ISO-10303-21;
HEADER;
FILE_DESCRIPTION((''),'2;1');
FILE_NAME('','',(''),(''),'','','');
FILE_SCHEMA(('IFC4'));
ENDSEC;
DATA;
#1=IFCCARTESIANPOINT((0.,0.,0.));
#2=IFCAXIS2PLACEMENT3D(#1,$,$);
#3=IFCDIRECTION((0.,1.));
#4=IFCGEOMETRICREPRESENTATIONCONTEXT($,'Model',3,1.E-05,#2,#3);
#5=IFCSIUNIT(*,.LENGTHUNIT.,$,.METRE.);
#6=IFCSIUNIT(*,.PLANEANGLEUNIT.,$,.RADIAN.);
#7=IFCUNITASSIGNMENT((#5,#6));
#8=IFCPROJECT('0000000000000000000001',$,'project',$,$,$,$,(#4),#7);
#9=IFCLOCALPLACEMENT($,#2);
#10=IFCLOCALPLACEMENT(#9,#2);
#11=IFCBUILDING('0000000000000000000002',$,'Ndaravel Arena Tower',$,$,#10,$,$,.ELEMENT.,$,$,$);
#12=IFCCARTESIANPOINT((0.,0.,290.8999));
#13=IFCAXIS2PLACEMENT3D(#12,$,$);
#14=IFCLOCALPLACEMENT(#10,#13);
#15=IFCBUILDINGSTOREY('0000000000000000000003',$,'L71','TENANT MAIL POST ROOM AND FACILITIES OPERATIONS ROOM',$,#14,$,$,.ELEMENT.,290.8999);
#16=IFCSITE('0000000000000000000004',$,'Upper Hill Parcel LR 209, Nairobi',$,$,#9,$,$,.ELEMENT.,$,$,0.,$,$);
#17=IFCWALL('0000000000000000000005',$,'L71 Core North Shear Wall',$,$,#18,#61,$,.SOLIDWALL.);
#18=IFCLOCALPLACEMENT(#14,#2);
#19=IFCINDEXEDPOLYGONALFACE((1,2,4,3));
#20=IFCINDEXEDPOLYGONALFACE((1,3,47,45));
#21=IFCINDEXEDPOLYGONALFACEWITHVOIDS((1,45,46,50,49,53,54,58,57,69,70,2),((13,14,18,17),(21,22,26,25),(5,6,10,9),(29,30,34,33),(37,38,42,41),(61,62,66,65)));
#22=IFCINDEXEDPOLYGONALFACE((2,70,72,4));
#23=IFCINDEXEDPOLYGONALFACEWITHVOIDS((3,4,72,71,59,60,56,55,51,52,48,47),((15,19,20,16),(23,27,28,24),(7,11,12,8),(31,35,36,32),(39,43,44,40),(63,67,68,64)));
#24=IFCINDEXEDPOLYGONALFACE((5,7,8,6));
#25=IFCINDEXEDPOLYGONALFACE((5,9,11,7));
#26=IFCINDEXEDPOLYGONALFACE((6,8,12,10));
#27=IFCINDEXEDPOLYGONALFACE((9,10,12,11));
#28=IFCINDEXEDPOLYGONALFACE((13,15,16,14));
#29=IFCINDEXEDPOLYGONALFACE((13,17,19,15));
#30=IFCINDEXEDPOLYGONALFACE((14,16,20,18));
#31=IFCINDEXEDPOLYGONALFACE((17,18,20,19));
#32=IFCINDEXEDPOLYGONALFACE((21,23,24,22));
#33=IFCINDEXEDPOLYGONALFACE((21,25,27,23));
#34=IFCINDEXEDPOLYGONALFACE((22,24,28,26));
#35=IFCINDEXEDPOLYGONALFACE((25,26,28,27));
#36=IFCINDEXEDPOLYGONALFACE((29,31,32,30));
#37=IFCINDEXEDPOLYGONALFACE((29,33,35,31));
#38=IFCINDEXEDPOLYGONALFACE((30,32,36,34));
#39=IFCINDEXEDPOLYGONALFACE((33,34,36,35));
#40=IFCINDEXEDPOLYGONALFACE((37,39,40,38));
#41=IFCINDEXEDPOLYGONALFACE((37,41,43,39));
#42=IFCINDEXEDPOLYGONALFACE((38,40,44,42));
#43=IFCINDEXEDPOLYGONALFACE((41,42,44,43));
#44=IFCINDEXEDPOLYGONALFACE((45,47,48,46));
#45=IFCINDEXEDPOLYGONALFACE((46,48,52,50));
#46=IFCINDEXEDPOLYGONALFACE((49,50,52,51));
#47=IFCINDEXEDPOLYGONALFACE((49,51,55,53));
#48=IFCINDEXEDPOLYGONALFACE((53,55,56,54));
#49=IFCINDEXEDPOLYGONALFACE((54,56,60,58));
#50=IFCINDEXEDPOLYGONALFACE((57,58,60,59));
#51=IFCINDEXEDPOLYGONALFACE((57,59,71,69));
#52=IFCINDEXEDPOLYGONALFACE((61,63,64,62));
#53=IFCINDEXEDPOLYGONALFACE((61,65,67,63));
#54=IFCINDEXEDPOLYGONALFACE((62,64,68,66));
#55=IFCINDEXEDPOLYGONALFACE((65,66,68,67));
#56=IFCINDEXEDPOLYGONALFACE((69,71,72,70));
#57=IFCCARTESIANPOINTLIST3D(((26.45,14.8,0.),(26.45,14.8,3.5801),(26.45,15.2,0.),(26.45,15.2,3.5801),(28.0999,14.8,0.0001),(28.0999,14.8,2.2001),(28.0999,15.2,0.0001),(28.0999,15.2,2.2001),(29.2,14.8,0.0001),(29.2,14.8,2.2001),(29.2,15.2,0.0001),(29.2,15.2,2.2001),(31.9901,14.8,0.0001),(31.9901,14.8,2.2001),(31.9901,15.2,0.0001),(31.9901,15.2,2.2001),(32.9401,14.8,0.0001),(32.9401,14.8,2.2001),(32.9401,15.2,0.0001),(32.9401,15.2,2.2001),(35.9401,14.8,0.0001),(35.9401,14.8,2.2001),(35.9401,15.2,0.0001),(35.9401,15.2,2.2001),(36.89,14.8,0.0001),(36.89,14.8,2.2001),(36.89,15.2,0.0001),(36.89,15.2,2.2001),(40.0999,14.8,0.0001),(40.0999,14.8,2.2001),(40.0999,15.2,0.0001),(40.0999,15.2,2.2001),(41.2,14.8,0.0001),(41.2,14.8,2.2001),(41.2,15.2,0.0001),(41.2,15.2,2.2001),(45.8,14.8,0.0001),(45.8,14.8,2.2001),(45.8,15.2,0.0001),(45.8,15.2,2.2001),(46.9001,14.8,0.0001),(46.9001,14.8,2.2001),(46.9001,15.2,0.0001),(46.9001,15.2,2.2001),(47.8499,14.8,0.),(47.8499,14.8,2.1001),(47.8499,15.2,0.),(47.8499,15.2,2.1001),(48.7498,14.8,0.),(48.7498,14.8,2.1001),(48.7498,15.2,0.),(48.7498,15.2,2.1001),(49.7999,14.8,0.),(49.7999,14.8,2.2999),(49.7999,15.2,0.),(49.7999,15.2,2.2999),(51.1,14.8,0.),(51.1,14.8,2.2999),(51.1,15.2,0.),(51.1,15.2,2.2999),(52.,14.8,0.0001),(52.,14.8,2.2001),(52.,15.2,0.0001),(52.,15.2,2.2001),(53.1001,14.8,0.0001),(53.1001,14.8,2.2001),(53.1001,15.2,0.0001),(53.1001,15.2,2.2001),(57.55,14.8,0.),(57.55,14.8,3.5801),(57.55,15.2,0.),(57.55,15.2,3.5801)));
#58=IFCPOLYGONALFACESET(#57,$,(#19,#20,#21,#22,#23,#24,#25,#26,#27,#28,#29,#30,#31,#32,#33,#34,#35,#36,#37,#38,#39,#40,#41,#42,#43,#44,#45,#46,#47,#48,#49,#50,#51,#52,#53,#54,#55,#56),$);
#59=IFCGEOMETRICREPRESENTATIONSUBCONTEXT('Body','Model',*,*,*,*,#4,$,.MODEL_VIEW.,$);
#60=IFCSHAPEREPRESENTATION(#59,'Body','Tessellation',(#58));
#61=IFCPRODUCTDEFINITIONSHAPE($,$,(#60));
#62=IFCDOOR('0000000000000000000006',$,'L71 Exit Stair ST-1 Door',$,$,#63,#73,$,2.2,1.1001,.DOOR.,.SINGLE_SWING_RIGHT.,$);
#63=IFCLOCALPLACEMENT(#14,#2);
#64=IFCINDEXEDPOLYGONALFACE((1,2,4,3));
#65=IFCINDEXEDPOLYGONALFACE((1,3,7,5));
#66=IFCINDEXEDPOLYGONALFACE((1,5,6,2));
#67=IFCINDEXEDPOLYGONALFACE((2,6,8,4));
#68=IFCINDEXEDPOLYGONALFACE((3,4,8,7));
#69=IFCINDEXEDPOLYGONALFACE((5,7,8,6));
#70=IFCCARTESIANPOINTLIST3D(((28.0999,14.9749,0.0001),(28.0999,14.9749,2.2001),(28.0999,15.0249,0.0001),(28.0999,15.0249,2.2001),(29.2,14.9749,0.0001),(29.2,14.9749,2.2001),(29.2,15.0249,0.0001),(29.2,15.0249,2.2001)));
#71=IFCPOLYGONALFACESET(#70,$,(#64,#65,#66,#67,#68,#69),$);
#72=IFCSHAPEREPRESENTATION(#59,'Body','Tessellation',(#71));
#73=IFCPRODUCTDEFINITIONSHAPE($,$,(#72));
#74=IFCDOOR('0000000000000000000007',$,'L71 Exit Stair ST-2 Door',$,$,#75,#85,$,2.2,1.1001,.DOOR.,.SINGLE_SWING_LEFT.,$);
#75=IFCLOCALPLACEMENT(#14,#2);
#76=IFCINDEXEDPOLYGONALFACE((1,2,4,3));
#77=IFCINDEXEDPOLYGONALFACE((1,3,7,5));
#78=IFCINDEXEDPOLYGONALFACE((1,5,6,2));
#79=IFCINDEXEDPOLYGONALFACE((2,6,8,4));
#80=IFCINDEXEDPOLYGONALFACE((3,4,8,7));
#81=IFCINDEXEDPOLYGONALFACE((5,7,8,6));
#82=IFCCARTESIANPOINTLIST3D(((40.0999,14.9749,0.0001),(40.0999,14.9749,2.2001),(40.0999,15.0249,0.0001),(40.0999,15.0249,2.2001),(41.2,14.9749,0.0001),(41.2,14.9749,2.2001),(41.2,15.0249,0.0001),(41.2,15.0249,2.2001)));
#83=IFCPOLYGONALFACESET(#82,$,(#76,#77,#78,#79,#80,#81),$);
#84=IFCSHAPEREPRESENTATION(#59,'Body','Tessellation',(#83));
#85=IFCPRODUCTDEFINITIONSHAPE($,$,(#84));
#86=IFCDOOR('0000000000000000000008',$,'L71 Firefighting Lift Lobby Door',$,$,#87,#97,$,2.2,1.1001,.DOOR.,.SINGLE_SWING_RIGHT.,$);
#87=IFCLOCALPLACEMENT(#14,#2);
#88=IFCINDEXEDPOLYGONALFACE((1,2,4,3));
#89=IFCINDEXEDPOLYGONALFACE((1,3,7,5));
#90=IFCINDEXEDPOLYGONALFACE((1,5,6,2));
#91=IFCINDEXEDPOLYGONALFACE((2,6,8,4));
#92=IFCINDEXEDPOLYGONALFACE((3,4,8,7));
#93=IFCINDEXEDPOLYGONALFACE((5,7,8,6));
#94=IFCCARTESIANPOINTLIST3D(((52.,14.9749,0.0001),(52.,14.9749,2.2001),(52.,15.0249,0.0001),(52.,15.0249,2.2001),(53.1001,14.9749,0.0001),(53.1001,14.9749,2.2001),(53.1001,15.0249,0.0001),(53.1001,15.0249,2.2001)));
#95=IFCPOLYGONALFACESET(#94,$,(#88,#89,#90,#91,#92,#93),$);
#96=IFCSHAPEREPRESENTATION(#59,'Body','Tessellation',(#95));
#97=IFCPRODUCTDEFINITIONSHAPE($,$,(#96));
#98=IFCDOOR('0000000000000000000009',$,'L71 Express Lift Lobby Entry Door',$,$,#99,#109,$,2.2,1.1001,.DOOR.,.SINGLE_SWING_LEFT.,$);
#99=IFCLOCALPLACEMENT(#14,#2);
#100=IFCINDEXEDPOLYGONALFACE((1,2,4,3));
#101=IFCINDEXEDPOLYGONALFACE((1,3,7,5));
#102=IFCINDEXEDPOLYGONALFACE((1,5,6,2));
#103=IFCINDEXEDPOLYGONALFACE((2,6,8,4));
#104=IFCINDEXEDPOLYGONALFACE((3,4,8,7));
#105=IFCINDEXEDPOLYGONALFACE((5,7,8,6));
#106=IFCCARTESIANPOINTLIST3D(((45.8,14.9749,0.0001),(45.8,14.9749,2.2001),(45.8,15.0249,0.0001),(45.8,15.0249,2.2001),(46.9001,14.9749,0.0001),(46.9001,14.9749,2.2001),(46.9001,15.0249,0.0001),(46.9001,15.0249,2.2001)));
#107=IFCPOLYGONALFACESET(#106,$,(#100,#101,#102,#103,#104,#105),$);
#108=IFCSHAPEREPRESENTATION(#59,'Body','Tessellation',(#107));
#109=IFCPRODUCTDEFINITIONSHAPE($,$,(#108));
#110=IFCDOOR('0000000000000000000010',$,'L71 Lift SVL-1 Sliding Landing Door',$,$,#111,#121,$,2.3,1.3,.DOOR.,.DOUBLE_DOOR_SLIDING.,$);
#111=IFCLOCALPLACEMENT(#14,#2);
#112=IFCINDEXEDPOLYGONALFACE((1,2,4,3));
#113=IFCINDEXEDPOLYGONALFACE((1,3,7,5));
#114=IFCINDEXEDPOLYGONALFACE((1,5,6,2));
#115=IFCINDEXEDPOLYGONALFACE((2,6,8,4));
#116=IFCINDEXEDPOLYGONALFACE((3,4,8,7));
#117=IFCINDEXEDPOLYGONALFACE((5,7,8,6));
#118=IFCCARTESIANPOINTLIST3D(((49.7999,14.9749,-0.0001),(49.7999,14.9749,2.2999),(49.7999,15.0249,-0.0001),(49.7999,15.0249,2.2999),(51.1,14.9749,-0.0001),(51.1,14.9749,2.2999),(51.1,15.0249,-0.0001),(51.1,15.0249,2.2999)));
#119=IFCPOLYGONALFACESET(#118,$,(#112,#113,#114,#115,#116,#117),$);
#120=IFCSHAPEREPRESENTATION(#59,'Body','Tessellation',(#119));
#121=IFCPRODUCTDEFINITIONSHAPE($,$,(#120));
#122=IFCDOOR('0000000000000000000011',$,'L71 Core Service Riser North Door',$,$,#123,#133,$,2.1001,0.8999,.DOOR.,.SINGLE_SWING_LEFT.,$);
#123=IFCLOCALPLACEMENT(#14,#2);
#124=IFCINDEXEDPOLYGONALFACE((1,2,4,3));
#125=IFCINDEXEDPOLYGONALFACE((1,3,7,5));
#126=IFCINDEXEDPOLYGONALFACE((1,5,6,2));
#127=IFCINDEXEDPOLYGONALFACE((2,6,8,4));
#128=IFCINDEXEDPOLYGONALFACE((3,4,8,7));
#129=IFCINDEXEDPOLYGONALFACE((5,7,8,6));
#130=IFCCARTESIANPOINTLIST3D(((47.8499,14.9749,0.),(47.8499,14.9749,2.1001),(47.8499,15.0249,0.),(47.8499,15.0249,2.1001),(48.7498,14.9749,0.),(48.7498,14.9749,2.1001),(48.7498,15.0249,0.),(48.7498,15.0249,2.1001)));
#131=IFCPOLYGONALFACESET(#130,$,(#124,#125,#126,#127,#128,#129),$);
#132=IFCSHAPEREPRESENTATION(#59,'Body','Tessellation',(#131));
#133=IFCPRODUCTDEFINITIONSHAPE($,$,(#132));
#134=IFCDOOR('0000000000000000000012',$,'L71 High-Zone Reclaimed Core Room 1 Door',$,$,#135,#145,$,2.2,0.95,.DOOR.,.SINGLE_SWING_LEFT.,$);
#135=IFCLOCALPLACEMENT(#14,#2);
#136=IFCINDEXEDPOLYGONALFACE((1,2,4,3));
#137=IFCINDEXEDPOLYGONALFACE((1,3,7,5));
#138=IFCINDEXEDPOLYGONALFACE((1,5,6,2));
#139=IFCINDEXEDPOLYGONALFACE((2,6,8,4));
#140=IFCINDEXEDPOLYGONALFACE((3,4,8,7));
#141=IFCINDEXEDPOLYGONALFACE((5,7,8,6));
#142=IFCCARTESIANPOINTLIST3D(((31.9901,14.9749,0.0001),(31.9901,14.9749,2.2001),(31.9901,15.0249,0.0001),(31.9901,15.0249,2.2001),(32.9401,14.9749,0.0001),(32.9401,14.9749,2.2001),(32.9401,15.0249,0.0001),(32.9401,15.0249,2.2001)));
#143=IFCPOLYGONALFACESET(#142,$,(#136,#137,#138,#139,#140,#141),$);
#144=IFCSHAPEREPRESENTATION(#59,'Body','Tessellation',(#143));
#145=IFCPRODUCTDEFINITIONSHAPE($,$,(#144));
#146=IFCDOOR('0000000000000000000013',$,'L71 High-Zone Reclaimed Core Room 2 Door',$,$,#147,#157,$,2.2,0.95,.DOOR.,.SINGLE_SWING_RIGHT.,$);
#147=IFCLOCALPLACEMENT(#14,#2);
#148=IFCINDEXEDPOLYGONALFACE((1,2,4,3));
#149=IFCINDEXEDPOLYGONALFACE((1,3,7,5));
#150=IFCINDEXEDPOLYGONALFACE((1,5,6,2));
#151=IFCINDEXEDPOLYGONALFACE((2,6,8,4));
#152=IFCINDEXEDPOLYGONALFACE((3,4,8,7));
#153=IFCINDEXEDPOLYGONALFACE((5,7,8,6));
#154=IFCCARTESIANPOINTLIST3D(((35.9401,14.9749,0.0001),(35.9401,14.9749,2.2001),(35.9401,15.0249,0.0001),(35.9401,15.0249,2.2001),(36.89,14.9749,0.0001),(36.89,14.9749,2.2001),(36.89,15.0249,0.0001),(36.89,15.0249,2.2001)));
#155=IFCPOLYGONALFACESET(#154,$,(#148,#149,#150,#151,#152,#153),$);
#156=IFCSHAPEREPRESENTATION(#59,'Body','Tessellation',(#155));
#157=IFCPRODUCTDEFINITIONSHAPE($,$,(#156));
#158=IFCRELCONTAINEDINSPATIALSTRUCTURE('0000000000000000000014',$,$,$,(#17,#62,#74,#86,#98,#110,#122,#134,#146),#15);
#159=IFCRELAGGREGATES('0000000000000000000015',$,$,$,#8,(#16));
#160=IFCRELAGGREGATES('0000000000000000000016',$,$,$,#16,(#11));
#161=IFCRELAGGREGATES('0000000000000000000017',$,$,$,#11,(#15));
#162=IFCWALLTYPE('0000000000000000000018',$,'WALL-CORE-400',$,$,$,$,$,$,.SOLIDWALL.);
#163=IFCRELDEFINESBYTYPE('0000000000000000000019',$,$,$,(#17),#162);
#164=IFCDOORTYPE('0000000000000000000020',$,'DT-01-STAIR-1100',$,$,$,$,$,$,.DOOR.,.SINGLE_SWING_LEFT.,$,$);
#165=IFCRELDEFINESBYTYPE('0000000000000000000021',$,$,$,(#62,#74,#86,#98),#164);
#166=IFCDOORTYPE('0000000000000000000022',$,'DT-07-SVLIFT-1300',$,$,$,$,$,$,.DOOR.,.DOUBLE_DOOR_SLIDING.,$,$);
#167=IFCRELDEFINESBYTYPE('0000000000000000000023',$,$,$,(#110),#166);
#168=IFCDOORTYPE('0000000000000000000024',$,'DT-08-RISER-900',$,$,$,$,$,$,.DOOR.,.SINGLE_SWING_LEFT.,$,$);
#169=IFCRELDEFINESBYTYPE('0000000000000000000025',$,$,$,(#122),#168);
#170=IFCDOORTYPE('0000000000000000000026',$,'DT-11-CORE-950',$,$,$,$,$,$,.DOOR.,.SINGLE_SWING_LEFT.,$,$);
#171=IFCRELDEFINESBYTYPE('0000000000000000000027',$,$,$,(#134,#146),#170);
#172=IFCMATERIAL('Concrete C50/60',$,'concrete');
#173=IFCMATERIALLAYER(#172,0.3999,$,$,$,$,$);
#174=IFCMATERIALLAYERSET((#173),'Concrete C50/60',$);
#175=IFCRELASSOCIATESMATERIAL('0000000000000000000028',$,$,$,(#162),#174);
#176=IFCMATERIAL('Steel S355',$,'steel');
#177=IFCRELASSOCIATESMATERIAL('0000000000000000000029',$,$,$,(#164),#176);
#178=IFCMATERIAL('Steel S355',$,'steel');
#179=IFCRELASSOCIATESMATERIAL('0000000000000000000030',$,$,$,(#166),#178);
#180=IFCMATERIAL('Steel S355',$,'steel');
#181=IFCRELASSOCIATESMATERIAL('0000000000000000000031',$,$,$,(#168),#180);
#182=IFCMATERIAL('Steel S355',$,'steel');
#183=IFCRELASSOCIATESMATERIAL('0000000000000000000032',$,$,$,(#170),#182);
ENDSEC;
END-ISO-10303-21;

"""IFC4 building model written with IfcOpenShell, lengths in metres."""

from ifc_helpers import new_model, si_unit, direction, frame, frame_2d, origin, place, context, subcontext, project, spatial, rectangle, extrude, material, layer, layer_set, type_object, element, fill, save


model = new_model("IFC4")

# Units and contexts
model_context = context("Model", 3, precision=1e-05, world=origin(), true_north=direction((0.0, 1.0)))
body_context = subcontext(model_context, "Body", "Model", "MODEL_VIEW")
ifc_project = project(units=[si_unit("LENGTHUNIT", "METRE"), si_unit("PLANEANGLEUNIT", "RADIAN")], contexts=[model_context])

# Site, building, storey
site_placement = place(None, origin())
site = spatial("IfcSite", under=ifc_project, at=site_placement, Name="Upper Hill Parcel LR 209, Nairobi", CompositionType="ELEMENT", RefElevation=0.0)
building_placement = place(site_placement, origin())
building = spatial("IfcBuilding", under=site, at=building_placement, Name="Ndaravel Arena Tower", CompositionType="ELEMENT")
storey_placement = place(building_placement, frame((0.0, 0.0, 290.8999)))
storey = spatial("IfcBuildingStorey", under=building, at=storey_placement, Name="L71", Description="TENANT MAIL POST ROOM AND FACILITIES OPERATIONS ROOM", CompositionType="ELEMENT", Elevation=290.8999)

# Wall, openings, doors
ifc_material_1 = material(Name="Concrete C50/60", Category="concrete")
ifc_layer_1 = layer(ifc_material_1, 0.3999)
ifc_layer_set_1 = layer_set([ifc_layer_1], Name="Concrete C50/60")
wall_type_1 = type_object("IfcWallType", Name="WALL-CORE-400", PredefinedType="SOLIDWALL", material=ifc_layer_set_1)
wall_1_placement = place(storey_placement, frame((26.45, 15.0, 0.0), z_axis=(0.0, 0.0, 1.0), x_axis=(1.0, 0.0, 0.0)))
wall_1 = element("IfcWall", 1, at=wall_1_placement, inside=storey, type_object=wall_type_1, Name="L71 Core North Shear Wall", PredefinedType="SOLIDWALL", context=body_context, shape_type="SweptSolid", body=[
    extrude(rectangle(XDim=31.1001, YDim=0.3999, at=frame_2d((15.55, 0.0))), origin(), (0.0, 0.0, 1.0), 3.5801),
])
opening_1_placement = place(wall_1_placement, frame((1.6499, 0.0, 0.0)))
opening_1 = element("IfcOpeningElement", 2, at=opening_1_placement, cuts=wall_1, PredefinedType="OPENING", context=body_context, shape_type="SweptSolid", body=[
    extrude(rectangle(XDim=1.1001, YDim=2.2, at=frame_2d((0.55, 1.1001))), frame((0.0, 0.2, 0.0), z_axis=(0.0, -1.0, 0.0), x_axis=(1.0, 0.0, 0.0)), (0.0, 0.0, 1.0), 0.3999),
])
opening_2_placement = place(wall_1_placement, frame((13.6499, 0.0, 0.0)))
opening_2 = element("IfcOpeningElement", 3, at=opening_2_placement, cuts=wall_1, PredefinedType="OPENING", context=body_context, shape_type="SweptSolid", body=[
    extrude(rectangle(XDim=1.1001, YDim=2.2, at=frame_2d((0.55, 1.1001))), frame((0.0, 0.2, 0.0), z_axis=(0.0, -1.0, 0.0), x_axis=(1.0, 0.0, 0.0)), (0.0, 0.0, 1.0), 0.3999),
])
opening_3_placement = place(wall_1_placement, frame((25.55, 0.0, 0.0)))
opening_3 = element("IfcOpeningElement", 4, at=opening_3_placement, cuts=wall_1, PredefinedType="OPENING", context=body_context, shape_type="SweptSolid", body=[
    extrude(rectangle(XDim=1.1001, YDim=2.2, at=frame_2d((0.55, 1.1001))), frame((0.0, 0.2, 0.0), z_axis=(0.0, -1.0, 0.0), x_axis=(1.0, 0.0, 0.0)), (0.0, 0.0, 1.0), 0.3999),
])
opening_4_placement = place(wall_1_placement, frame((19.3501, 0.0, 0.0)))
opening_4 = element("IfcOpeningElement", 5, at=opening_4_placement, cuts=wall_1, PredefinedType="OPENING", context=body_context, shape_type="SweptSolid", body=[
    extrude(rectangle(XDim=1.1001, YDim=2.2, at=frame_2d((0.55, 1.1001))), frame((0.0, 0.2, 0.0), z_axis=(0.0, -1.0, 0.0), x_axis=(1.0, 0.0, 0.0)), (0.0, 0.0, 1.0), 0.3999),
])
opening_5_placement = place(wall_1_placement, frame((21.3999, 0.0, 0.0)))
opening_5 = element("IfcOpeningElement", 6, at=opening_5_placement, cuts=wall_1, PredefinedType="OPENING", context=body_context, shape_type="SweptSolid", body=[
    extrude(rectangle(XDim=0.8999, YDim=2.1001, at=frame_2d((0.45, 1.05))), frame((0.0, 0.2, 0.0), z_axis=(0.0, -1.0, 0.0), x_axis=(1.0, 0.0, 0.0)), (0.0, 0.0, 1.0), 0.3999),
])
opening_6_placement = place(wall_1_placement, frame((5.54, 0.0, 0.0)))
opening_6 = element("IfcOpeningElement", 7, at=opening_6_placement, cuts=wall_1, PredefinedType="OPENING", context=body_context, shape_type="SweptSolid", body=[
    extrude(rectangle(XDim=0.95, YDim=2.2, at=frame_2d((0.4751, 1.1001))), frame((0.0, 0.2, 0.0), z_axis=(0.0, -1.0, 0.0), x_axis=(1.0, 0.0, 0.0)), (0.0, 0.0, 1.0), 0.3999),
])
opening_7_placement = place(wall_1_placement, frame((9.49, 0.0, 0.0)))
opening_7 = element("IfcOpeningElement", 8, at=opening_7_placement, cuts=wall_1, PredefinedType="OPENING", context=body_context, shape_type="SweptSolid", body=[
    extrude(rectangle(XDim=0.95, YDim=2.2, at=frame_2d((0.4751, 1.1001))), frame((0.0, 0.2, 0.0), z_axis=(0.0, -1.0, 0.0), x_axis=(1.0, 0.0, 0.0)), (0.0, 0.0, 1.0), 0.3999),
])
opening_8_placement = place(wall_1_placement, frame((23.3501, 0.0, 0.0)))
opening_8 = element("IfcOpeningElement", 9, at=opening_8_placement, cuts=wall_1, PredefinedType="OPENING", context=body_context, shape_type="SweptSolid", body=[
    extrude(rectangle(XDim=1.3, YDim=2.3, at=frame_2d((0.6499, 1.1499))), frame((0.0, 0.2, 0.0), z_axis=(0.0, -1.0, 0.0), x_axis=(1.0, 0.0, 0.0)), (0.0, 0.0, 1.0), 0.3999),
])
ifc_material_2 = material(Name="Steel S355", Category="steel")
door_type_1 = type_object("IfcDoorType", Name="DT-01-STAIR-1100", OperationType="SINGLE_SWING_LEFT", PredefinedType="DOOR", material=ifc_material_2)
door_1_placement = place(opening_1_placement, origin())
door_1 = element("IfcDoor", 10, at=door_1_placement, inside=storey, type_object=door_type_1, Name="L71 Exit Stair ST-1 Door", OperationType="SINGLE_SWING_RIGHT", OverallHeight=2.2, OverallWidth=1.1001, PredefinedType="DOOR", context=body_context, shape_type="SweptSolid", body=[
    extrude(rectangle(XDim=1.1001, YDim=2.2, at=frame_2d((0.55, 1.1001))), frame((0.0, 0.0249, 0.0), z_axis=(0.0, -1.0, 0.0), x_axis=(1.0, 0.0, 0.0)), (0.0, 0.0, 1.0), 0.05),
])
fill(opening_1, door_1)
door_2_placement = place(opening_2_placement, origin())
door_2 = element("IfcDoor", 11, at=door_2_placement, inside=storey, type_object=door_type_1, Name="L71 Exit Stair ST-2 Door", OperationType="SINGLE_SWING_LEFT", OverallHeight=2.2, OverallWidth=1.1001, PredefinedType="DOOR", context=body_context, shape_type="SweptSolid", body=[
    extrude(rectangle(XDim=1.1001, YDim=2.2, at=frame_2d((0.55, 1.1001))), frame((0.0, 0.0249, 0.0), z_axis=(0.0, -1.0, 0.0), x_axis=(1.0, 0.0, 0.0)), (0.0, 0.0, 1.0), 0.05),
])
fill(opening_2, door_2)
door_3_placement = place(opening_3_placement, origin())
door_3 = element("IfcDoor", 12, at=door_3_placement, inside=storey, type_object=door_type_1, Name="L71 Firefighting Lift Lobby Door", OperationType="SINGLE_SWING_RIGHT", OverallHeight=2.2, OverallWidth=1.1001, PredefinedType="DOOR", context=body_context, shape_type="SweptSolid", body=[
    extrude(rectangle(XDim=1.1001, YDim=2.2, at=frame_2d((0.55, 1.1001))), frame((0.0, 0.0249, 0.0), z_axis=(0.0, -1.0, 0.0), x_axis=(1.0, 0.0, 0.0)), (0.0, 0.0, 1.0), 0.05),
])
fill(opening_3, door_3)
door_4_placement = place(opening_4_placement, origin())
door_4 = element("IfcDoor", 13, at=door_4_placement, inside=storey, type_object=door_type_1, Name="L71 Express Lift Lobby Entry Door", OperationType="SINGLE_SWING_LEFT", OverallHeight=2.2, OverallWidth=1.1001, PredefinedType="DOOR", context=body_context, shape_type="SweptSolid", body=[
    extrude(rectangle(XDim=1.1001, YDim=2.2, at=frame_2d((0.55, 1.1001))), frame((0.0, 0.0249, 0.0), z_axis=(0.0, -1.0, 0.0), x_axis=(1.0, 0.0, 0.0)), (0.0, 0.0, 1.0), 0.05),
])
fill(opening_4, door_4)
ifc_material_3 = material(Name="Steel S355", Category="steel")
door_type_2 = type_object("IfcDoorType", Name="DT-07-SVLIFT-1300", OperationType="DOUBLE_DOOR_SLIDING", PredefinedType="DOOR", material=ifc_material_3)
door_5_placement = place(opening_8_placement, origin())
door_5 = element("IfcDoor", 14, at=door_5_placement, inside=storey, type_object=door_type_2, Name="L71 Lift SVL-1 Sliding Landing Door", OperationType="DOUBLE_DOOR_SLIDING", OverallHeight=2.3, OverallWidth=1.3, PredefinedType="DOOR", context=body_context, shape_type="SweptSolid", body=[
    extrude(rectangle(XDim=1.3, YDim=2.3, at=frame_2d((0.6499, 1.1499))), frame((0.0, 0.0249, 0.0), z_axis=(0.0, -1.0, 0.0), x_axis=(1.0, 0.0, 0.0)), (0.0, 0.0, 1.0), 0.05),
])
fill(opening_8, door_5)
ifc_material_4 = material(Name="Steel S355", Category="steel")
door_type_3 = type_object("IfcDoorType", Name="DT-08-RISER-900", OperationType="SINGLE_SWING_LEFT", PredefinedType="DOOR", material=ifc_material_4)
door_6_placement = place(opening_5_placement, origin())
door_6 = element("IfcDoor", 15, at=door_6_placement, inside=storey, type_object=door_type_3, Name="L71 Core Service Riser North Door", OperationType="SINGLE_SWING_LEFT", OverallHeight=2.1001, OverallWidth=0.8999, PredefinedType="DOOR", context=body_context, shape_type="SweptSolid", body=[
    extrude(rectangle(XDim=0.8999, YDim=2.1001, at=frame_2d((0.45, 1.05))), frame((0.0, 0.0249, 0.0), z_axis=(0.0, -1.0, 0.0), x_axis=(1.0, 0.0, 0.0)), (0.0, 0.0, 1.0), 0.05),
])
fill(opening_5, door_6)
ifc_material_5 = material(Name="Steel S355", Category="steel")
door_type_4 = type_object("IfcDoorType", Name="DT-11-CORE-950", OperationType="SINGLE_SWING_LEFT", PredefinedType="DOOR", material=ifc_material_5)
door_7_placement = place(opening_6_placement, origin())
door_7 = element("IfcDoor", 16, at=door_7_placement, inside=storey, type_object=door_type_4, Name="L71 High-Zone Reclaimed Core Room 1 Door", OperationType="SINGLE_SWING_LEFT", OverallHeight=2.2, OverallWidth=0.95, PredefinedType="DOOR", context=body_context, shape_type="SweptSolid", body=[
    extrude(rectangle(XDim=0.95, YDim=2.2, at=frame_2d((0.4751, 1.1001))), frame((0.0, 0.0249, 0.0), z_axis=(0.0, -1.0, 0.0), x_axis=(1.0, 0.0, 0.0)), (0.0, 0.0, 1.0), 0.05),
])
fill(opening_6, door_7)
door_8_placement = place(opening_7_placement, origin())
door_8 = element("IfcDoor", 17, at=door_8_placement, inside=storey, type_object=door_type_4, Name="L71 High-Zone Reclaimed Core Room 2 Door", OperationType="SINGLE_SWING_RIGHT", OverallHeight=2.2, OverallWidth=0.95, PredefinedType="DOOR", context=body_context, shape_type="SweptSolid", body=[
    extrude(rectangle(XDim=0.95, YDim=2.2, at=frame_2d((0.4751, 1.1001))), frame((0.0, 0.0249, 0.0), z_axis=(0.0, -1.0, 0.0), x_axis=(1.0, 0.0, 0.0)), (0.0, 0.0, 1.0), 0.05),
])
fill(opening_7, door_8)

save(model, "model.ifc")
